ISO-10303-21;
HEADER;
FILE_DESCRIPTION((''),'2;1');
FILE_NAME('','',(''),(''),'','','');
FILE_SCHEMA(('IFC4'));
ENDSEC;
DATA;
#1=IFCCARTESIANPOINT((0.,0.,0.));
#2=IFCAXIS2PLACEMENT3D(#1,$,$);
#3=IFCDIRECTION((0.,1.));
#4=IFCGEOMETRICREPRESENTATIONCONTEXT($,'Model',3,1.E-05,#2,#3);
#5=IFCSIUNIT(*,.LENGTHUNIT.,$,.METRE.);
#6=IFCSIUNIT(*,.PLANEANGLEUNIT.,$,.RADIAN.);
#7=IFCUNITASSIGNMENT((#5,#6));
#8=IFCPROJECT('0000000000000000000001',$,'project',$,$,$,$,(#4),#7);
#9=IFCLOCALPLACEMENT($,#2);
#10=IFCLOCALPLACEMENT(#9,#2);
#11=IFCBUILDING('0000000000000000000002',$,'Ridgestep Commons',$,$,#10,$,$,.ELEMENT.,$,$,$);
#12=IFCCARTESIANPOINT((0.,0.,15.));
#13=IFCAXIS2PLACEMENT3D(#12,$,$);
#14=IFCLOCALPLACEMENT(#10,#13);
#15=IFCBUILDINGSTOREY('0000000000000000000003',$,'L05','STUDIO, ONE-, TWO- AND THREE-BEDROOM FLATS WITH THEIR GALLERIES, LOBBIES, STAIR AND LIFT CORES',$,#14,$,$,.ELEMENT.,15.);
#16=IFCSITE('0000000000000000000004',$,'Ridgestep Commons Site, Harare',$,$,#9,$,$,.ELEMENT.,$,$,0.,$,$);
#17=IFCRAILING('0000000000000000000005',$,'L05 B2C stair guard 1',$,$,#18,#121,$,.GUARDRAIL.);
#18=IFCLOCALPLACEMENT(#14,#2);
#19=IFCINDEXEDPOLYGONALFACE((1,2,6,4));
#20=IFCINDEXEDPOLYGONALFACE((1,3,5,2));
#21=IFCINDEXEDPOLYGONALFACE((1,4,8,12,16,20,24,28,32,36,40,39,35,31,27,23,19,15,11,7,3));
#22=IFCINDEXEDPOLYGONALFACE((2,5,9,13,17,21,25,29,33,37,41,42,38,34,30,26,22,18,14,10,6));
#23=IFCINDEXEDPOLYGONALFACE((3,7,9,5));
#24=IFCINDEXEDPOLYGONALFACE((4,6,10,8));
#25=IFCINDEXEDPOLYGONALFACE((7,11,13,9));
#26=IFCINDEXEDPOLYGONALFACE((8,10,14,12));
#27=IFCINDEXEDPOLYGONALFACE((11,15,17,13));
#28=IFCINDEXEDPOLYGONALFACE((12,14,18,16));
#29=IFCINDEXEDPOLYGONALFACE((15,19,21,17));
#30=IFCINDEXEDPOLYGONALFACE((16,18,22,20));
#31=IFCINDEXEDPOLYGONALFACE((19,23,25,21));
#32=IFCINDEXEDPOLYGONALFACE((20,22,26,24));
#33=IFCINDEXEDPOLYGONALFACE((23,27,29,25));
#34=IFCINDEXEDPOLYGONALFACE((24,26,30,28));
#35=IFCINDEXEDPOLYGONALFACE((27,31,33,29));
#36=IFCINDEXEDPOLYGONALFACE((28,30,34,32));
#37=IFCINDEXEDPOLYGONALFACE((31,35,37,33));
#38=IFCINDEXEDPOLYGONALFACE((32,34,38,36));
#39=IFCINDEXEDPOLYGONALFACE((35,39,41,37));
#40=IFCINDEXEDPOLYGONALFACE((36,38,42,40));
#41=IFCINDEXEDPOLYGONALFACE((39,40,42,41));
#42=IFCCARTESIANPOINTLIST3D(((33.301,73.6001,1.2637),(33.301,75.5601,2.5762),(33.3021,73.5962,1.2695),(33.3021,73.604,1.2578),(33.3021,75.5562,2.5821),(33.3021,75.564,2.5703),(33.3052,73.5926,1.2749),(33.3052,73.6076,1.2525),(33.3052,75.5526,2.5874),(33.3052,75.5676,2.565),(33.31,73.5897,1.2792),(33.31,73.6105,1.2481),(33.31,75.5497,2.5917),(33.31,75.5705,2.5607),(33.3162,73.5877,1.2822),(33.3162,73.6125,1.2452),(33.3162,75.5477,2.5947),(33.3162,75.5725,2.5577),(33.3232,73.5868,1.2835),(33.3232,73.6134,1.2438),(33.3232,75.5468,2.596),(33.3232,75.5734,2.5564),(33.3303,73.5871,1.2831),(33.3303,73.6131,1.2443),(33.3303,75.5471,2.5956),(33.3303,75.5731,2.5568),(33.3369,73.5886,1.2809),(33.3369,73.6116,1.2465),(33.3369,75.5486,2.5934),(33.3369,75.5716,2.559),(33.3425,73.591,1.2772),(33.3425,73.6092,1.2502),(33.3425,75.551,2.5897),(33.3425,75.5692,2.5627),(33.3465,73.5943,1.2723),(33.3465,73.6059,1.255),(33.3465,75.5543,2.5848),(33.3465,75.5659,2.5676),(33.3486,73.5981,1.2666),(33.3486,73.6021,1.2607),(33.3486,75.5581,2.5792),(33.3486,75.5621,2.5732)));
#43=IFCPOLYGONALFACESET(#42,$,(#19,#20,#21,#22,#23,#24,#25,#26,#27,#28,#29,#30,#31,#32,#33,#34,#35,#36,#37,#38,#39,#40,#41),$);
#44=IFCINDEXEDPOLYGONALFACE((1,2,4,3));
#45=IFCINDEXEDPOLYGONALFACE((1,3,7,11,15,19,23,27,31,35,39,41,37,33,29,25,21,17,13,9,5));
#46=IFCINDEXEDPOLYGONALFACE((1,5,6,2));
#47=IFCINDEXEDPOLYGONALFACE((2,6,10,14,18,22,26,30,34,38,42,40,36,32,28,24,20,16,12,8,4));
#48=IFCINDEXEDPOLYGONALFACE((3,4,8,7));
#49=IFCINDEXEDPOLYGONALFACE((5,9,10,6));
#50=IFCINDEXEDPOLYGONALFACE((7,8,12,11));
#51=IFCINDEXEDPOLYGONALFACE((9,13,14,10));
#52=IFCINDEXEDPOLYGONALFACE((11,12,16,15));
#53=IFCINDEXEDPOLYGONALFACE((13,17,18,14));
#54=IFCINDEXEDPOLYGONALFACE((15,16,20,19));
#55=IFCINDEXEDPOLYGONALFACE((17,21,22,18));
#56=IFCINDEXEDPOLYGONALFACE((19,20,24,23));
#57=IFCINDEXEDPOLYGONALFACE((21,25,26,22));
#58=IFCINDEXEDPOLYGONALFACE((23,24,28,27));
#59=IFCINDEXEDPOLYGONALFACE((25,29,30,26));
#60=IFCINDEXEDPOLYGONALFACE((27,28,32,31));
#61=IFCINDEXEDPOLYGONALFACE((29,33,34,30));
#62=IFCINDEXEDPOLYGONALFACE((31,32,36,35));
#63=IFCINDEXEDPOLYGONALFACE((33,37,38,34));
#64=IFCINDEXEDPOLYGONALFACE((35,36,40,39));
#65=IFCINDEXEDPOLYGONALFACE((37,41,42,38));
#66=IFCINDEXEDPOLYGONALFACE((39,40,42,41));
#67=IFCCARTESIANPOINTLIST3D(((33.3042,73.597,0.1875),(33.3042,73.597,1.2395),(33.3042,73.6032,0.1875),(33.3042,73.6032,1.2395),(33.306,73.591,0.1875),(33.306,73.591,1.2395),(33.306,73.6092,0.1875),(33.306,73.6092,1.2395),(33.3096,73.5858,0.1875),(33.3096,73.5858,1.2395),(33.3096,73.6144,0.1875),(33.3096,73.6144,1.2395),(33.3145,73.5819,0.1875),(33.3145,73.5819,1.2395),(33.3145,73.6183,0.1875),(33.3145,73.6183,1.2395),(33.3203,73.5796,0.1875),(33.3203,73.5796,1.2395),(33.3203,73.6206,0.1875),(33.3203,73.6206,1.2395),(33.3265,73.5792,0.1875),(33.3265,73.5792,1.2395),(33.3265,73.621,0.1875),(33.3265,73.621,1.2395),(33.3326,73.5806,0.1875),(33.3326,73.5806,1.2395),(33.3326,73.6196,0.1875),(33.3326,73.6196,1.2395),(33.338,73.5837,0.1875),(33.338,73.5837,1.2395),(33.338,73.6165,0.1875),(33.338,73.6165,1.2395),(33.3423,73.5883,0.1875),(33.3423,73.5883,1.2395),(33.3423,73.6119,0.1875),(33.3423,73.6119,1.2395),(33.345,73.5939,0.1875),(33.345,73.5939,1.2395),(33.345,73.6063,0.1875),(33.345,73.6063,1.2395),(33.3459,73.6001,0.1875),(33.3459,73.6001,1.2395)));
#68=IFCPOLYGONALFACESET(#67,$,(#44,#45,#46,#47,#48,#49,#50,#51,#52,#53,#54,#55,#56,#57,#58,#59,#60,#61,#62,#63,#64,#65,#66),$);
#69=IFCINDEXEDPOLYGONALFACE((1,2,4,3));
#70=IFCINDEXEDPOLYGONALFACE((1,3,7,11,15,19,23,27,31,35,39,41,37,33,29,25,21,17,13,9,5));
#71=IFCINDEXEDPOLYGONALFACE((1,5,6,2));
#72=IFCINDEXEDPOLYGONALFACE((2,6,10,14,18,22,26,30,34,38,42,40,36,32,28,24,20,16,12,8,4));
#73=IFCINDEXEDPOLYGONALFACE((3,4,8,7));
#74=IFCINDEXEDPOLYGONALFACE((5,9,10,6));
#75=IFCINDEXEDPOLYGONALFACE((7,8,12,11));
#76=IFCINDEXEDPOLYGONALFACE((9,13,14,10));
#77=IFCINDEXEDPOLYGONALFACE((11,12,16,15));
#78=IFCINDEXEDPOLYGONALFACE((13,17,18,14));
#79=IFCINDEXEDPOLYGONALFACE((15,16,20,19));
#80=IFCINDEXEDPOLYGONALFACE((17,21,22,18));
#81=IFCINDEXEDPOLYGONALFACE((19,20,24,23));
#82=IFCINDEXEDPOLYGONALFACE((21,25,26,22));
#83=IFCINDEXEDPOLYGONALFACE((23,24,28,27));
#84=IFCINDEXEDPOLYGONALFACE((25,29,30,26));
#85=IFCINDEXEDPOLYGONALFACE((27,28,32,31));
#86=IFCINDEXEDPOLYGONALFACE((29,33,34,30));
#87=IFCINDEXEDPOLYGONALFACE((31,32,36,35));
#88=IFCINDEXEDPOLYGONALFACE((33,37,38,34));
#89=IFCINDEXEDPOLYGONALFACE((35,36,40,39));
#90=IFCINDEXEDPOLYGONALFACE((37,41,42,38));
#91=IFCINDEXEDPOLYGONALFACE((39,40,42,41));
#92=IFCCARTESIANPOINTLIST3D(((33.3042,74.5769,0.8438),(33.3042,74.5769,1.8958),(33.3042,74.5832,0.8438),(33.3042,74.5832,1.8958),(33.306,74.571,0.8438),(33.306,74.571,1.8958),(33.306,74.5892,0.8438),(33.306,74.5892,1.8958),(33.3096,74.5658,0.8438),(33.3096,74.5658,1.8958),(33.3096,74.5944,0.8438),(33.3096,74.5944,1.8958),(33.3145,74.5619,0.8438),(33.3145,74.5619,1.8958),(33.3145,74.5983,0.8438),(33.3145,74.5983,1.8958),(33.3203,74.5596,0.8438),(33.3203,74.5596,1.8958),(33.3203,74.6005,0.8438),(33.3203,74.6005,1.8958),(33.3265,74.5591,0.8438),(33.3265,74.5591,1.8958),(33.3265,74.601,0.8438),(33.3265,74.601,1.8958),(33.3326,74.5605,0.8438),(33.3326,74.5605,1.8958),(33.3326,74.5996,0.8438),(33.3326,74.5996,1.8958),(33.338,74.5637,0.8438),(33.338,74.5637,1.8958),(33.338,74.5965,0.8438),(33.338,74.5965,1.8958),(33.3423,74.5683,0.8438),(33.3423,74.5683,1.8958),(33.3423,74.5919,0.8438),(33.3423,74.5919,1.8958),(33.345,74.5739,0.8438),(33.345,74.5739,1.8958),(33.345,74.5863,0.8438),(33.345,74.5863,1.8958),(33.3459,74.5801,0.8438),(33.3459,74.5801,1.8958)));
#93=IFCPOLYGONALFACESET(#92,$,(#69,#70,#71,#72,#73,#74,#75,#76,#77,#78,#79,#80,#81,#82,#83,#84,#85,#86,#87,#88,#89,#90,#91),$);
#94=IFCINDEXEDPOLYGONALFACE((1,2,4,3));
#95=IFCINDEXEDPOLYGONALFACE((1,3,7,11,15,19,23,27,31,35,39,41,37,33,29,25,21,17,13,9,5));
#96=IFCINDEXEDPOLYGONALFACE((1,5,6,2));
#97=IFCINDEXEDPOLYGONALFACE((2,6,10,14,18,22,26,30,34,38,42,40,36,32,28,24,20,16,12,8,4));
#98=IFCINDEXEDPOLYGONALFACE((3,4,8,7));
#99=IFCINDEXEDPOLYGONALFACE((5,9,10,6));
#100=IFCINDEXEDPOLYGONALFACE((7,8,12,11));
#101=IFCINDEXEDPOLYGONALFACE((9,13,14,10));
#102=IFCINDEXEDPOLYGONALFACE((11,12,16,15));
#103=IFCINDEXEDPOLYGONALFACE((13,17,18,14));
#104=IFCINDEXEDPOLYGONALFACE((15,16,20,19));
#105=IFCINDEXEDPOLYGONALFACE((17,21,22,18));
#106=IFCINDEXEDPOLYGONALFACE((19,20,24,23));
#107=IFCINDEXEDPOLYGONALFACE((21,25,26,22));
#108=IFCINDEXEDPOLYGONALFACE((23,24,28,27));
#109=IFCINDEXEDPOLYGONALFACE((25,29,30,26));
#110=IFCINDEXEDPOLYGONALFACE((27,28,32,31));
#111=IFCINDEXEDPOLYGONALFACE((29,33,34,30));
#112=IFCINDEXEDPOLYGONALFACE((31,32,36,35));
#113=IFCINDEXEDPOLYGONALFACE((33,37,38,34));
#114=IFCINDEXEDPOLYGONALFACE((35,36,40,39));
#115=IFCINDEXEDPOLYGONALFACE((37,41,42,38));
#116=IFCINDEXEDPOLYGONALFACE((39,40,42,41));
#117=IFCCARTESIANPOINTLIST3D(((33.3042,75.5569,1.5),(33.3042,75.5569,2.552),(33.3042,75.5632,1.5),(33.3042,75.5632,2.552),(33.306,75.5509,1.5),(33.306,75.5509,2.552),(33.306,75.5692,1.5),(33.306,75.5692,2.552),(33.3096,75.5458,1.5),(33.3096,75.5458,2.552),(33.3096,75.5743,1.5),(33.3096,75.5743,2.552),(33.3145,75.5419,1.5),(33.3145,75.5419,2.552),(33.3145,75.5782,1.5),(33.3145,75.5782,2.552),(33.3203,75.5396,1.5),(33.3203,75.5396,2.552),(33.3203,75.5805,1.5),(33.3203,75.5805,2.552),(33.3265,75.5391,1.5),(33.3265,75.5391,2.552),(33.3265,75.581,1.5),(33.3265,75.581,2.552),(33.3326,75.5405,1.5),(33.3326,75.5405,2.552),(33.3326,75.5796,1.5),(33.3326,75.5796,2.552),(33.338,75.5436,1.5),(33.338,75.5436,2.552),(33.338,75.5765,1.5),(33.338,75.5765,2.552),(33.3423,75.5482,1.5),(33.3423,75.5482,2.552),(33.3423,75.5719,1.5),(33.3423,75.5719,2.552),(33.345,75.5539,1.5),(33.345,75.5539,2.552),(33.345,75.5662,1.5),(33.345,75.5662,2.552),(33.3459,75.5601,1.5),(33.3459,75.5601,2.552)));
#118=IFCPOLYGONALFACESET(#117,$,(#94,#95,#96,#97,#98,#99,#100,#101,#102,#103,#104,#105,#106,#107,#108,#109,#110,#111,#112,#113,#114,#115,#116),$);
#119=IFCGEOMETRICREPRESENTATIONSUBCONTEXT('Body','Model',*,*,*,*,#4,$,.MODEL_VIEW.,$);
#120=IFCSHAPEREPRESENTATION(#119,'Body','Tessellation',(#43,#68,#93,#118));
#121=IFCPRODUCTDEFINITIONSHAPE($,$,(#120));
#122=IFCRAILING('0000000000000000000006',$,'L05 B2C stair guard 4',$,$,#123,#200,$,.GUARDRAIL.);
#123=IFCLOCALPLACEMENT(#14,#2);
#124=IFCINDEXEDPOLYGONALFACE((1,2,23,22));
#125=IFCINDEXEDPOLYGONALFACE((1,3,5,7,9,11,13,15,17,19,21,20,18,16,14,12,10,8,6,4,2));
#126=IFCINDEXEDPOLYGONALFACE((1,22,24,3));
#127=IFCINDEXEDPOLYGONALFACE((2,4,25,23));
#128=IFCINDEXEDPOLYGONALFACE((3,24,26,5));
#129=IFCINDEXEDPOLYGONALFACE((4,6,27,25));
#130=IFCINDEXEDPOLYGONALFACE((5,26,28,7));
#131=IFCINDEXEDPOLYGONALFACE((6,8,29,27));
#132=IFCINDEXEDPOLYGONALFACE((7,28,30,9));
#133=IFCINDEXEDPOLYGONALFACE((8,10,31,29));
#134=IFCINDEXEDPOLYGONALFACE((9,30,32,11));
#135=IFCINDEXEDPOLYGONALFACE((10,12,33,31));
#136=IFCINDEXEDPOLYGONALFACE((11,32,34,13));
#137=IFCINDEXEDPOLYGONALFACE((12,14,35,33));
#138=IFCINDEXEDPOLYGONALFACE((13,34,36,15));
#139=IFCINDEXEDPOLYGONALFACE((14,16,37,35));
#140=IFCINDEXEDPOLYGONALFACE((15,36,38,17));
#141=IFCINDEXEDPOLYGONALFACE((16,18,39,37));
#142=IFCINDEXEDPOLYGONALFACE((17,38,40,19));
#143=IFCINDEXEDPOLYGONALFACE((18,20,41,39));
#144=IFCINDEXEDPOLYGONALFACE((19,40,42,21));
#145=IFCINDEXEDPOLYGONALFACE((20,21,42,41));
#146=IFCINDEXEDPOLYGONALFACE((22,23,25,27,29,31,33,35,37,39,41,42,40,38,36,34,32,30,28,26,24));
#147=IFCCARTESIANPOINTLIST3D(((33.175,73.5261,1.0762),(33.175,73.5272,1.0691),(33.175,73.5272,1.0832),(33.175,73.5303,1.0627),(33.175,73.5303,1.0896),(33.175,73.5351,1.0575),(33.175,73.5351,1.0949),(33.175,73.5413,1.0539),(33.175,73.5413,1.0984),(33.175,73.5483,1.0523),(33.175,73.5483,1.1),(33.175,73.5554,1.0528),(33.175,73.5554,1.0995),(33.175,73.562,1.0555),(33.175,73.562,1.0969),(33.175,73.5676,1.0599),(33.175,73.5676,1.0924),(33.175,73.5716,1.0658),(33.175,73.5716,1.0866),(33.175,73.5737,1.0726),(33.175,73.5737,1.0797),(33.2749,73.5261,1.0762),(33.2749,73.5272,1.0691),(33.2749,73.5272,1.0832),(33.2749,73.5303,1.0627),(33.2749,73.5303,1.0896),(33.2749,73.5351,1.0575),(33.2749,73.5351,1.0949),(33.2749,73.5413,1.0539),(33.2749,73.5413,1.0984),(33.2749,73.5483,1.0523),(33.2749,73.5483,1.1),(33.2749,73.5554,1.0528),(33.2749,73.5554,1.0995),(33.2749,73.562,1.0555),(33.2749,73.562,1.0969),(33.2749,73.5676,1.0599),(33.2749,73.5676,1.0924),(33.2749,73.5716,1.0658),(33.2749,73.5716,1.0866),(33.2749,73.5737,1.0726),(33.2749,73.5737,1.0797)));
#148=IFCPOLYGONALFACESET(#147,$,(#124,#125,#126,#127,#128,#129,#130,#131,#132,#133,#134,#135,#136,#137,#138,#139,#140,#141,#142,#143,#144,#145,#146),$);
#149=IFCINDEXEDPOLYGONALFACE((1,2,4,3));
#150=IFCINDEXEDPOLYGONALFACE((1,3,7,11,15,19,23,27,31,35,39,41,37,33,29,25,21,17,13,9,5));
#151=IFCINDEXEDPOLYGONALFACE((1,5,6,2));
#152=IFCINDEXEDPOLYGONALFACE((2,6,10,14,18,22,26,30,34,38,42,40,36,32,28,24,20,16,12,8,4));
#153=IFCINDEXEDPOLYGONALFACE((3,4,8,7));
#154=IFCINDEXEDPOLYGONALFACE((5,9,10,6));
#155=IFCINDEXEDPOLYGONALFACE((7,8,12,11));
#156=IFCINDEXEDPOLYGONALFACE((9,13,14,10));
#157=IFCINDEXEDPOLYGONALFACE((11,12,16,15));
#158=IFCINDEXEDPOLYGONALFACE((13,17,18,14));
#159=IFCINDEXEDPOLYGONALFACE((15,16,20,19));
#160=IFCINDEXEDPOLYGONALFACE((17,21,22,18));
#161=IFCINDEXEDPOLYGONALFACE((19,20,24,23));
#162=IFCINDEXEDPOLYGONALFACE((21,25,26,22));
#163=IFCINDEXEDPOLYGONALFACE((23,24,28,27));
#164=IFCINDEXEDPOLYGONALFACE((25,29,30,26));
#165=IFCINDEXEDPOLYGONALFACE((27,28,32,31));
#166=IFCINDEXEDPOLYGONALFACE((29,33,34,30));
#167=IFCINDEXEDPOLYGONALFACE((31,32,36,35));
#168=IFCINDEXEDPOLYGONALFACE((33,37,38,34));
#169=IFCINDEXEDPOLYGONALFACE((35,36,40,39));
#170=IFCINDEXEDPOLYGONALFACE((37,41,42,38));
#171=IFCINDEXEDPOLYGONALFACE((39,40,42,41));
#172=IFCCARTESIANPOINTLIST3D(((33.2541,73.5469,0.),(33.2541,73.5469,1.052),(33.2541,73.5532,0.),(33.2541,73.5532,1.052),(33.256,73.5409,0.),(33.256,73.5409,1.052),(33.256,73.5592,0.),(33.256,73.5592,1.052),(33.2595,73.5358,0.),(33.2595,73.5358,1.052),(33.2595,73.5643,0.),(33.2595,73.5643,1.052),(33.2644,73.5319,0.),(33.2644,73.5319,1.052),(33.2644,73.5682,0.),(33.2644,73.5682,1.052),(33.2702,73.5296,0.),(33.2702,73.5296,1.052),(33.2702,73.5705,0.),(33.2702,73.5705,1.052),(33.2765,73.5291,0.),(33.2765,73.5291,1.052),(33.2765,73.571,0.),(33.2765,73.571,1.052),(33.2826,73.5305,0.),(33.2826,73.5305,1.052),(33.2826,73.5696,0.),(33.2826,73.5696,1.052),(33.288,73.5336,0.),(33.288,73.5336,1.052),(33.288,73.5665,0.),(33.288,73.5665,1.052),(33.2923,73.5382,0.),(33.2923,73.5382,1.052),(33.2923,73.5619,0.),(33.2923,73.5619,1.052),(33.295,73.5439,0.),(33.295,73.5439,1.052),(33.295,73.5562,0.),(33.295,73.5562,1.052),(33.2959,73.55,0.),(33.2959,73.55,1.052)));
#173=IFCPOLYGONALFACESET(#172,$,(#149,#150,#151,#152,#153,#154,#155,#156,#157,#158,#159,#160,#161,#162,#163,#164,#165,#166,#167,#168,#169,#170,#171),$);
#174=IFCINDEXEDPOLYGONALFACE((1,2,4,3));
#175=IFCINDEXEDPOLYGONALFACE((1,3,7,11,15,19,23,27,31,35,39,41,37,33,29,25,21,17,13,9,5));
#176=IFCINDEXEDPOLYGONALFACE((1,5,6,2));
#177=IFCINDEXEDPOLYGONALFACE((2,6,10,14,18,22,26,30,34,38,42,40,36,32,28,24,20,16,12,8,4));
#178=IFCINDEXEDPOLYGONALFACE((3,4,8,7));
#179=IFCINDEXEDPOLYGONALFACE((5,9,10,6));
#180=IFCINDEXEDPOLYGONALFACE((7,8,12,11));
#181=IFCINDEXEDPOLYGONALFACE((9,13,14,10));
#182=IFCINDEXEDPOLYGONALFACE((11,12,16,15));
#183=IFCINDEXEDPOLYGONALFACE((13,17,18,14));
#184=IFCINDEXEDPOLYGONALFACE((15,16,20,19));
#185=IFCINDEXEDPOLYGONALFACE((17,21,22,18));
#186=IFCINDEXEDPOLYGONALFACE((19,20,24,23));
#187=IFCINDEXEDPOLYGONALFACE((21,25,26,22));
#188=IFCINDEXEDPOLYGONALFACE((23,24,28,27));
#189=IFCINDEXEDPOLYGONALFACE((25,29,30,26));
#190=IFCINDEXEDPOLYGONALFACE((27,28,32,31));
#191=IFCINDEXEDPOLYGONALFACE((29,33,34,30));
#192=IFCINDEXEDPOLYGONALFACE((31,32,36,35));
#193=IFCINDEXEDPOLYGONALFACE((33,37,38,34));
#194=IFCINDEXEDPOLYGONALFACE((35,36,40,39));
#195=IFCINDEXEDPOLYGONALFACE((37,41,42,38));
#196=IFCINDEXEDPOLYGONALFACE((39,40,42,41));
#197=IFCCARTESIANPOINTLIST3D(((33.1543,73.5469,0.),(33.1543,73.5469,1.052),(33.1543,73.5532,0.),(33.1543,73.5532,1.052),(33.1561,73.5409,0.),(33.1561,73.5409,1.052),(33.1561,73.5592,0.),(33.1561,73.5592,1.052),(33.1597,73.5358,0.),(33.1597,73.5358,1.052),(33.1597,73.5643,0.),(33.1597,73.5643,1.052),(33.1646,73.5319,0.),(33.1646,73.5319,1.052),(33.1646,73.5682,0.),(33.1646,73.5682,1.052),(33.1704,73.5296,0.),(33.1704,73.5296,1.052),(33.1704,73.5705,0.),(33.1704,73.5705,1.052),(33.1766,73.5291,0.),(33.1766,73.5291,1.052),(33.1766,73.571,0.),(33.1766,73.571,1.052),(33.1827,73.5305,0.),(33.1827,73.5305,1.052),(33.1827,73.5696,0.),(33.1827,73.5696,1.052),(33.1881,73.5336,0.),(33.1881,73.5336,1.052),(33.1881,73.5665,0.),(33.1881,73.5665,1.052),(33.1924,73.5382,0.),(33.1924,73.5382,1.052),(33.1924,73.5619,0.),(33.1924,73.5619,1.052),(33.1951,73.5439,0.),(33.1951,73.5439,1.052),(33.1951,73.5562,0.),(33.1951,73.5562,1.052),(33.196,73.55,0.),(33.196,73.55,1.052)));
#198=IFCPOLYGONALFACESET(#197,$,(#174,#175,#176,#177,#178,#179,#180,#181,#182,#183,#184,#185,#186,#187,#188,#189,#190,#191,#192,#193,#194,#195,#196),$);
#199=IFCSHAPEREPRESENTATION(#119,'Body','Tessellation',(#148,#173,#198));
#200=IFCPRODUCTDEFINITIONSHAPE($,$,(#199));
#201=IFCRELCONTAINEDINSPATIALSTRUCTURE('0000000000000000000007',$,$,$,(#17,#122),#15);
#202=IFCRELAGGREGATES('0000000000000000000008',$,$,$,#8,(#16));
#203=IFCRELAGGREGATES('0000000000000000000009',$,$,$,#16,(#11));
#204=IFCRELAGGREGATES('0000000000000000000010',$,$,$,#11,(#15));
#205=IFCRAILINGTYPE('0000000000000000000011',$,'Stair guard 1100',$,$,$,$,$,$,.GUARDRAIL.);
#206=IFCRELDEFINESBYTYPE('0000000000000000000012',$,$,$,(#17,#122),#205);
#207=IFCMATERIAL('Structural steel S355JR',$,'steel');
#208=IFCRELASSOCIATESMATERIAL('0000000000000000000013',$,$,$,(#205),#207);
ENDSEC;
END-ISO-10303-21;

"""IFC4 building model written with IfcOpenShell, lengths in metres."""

from ifc_helpers import new_model, si_unit, direction, frame, origin, origin_2d, place, context, subcontext, project, spatial, circle, extrude, material, type_object, element, save


model = new_model("IFC4")

# Units and contexts
model_context = context("Model", 3, precision=1e-05, world=origin(), true_north=direction((0.0, 1.0)))
body_context = subcontext(model_context, "Body", "Model", "MODEL_VIEW")
ifc_project = project(units=[si_unit("LENGTHUNIT", "METRE"), si_unit("PLANEANGLEUNIT", "RADIAN")], contexts=[model_context])

# Site, building, storey
site_placement = place(None, origin())
site = spatial("IfcSite", under=ifc_project, at=site_placement, Name="Ridgestep Commons Site, Harare", CompositionType="ELEMENT", RefElevation=0.0)
building_placement = place(site_placement, origin())
building = spatial("IfcBuilding", under=site, at=building_placement, Name="Ridgestep Commons", CompositionType="ELEMENT")
storey_placement = place(building_placement, frame((0.0, 0.0, 15.0)))
storey = spatial("IfcBuildingStorey", under=building, at=storey_placement, Name="L05", Description="STUDIO, ONE-, TWO- AND THREE-BEDROOM FLATS WITH THEIR GALLERIES, LOBBIES, STAIR AND LIFT CORES", CompositionType="ELEMENT", Elevation=15.0)

# Railings
ifc_material_1 = material(Name="Structural steel S355JR", Category="steel")
railing_type_1 = type_object("IfcRailingType", Name="Stair guard 1100", PredefinedType="GUARDRAIL", material=ifc_material_1)
railing_1_placement = place(storey_placement, frame((33.325, 73.6001, 0.1875)))
element("IfcRailing", 1, at=railing_1_placement, inside=storey, type_object=railing_type_1, Name="L05 B2C stair guard 1", PredefinedType="GUARDRAIL", context=body_context, shape_type="SweptSolid", body=[
    extrude(circle(Radius=0.0239, at=origin_2d()), frame((0.0, 0.0, 1.0762), z_axis=(0.0, 0.830902, 0.556419), x_axis=(-1.0, 0.0, 0.0)), (0.0, 0.0, 1.0), 2.3589),
    extrude(circle(Radius=0.021, at=origin_2d()), origin(), (0.0, 0.0, 1.0), 1.052),
    extrude(circle(Radius=0.021, at=origin_2d()), frame((0.0, 0.98, 0.6562)), (0.0, 0.0, 1.0), 1.052),
    extrude(circle(Radius=0.021, at=origin_2d()), frame((0.0, 1.96, 1.3125)), (0.0, 0.0, 1.0), 1.052),
])
railing_2_placement = place(storey_placement, frame((33.2749, 73.55, 0.0)))
element("IfcRailing", 2, at=railing_2_placement, inside=storey, type_object=railing_type_1, Name="L05 B2C stair guard 4", PredefinedType="GUARDRAIL", context=body_context, shape_type="SweptSolid", body=[
    extrude(circle(Radius=0.0239, at=origin_2d()), frame((0.0, 0.0, 1.0762), z_axis=(-1.0, 0.0, 0.0), x_axis=(0.0, -1.0, 0.0)), (0.0, 0.0, 1.0), 0.0999),
    extrude(circle(Radius=0.021, at=origin_2d()), origin(), (0.0, 0.0, 1.0), 1.052),
    extrude(circle(Radius=0.021, at=origin_2d()), frame((-0.0999, 0.0, 0.0)), (0.0, 0.0, 1.0), 1.052),
])

save(model, "model.ifc")
